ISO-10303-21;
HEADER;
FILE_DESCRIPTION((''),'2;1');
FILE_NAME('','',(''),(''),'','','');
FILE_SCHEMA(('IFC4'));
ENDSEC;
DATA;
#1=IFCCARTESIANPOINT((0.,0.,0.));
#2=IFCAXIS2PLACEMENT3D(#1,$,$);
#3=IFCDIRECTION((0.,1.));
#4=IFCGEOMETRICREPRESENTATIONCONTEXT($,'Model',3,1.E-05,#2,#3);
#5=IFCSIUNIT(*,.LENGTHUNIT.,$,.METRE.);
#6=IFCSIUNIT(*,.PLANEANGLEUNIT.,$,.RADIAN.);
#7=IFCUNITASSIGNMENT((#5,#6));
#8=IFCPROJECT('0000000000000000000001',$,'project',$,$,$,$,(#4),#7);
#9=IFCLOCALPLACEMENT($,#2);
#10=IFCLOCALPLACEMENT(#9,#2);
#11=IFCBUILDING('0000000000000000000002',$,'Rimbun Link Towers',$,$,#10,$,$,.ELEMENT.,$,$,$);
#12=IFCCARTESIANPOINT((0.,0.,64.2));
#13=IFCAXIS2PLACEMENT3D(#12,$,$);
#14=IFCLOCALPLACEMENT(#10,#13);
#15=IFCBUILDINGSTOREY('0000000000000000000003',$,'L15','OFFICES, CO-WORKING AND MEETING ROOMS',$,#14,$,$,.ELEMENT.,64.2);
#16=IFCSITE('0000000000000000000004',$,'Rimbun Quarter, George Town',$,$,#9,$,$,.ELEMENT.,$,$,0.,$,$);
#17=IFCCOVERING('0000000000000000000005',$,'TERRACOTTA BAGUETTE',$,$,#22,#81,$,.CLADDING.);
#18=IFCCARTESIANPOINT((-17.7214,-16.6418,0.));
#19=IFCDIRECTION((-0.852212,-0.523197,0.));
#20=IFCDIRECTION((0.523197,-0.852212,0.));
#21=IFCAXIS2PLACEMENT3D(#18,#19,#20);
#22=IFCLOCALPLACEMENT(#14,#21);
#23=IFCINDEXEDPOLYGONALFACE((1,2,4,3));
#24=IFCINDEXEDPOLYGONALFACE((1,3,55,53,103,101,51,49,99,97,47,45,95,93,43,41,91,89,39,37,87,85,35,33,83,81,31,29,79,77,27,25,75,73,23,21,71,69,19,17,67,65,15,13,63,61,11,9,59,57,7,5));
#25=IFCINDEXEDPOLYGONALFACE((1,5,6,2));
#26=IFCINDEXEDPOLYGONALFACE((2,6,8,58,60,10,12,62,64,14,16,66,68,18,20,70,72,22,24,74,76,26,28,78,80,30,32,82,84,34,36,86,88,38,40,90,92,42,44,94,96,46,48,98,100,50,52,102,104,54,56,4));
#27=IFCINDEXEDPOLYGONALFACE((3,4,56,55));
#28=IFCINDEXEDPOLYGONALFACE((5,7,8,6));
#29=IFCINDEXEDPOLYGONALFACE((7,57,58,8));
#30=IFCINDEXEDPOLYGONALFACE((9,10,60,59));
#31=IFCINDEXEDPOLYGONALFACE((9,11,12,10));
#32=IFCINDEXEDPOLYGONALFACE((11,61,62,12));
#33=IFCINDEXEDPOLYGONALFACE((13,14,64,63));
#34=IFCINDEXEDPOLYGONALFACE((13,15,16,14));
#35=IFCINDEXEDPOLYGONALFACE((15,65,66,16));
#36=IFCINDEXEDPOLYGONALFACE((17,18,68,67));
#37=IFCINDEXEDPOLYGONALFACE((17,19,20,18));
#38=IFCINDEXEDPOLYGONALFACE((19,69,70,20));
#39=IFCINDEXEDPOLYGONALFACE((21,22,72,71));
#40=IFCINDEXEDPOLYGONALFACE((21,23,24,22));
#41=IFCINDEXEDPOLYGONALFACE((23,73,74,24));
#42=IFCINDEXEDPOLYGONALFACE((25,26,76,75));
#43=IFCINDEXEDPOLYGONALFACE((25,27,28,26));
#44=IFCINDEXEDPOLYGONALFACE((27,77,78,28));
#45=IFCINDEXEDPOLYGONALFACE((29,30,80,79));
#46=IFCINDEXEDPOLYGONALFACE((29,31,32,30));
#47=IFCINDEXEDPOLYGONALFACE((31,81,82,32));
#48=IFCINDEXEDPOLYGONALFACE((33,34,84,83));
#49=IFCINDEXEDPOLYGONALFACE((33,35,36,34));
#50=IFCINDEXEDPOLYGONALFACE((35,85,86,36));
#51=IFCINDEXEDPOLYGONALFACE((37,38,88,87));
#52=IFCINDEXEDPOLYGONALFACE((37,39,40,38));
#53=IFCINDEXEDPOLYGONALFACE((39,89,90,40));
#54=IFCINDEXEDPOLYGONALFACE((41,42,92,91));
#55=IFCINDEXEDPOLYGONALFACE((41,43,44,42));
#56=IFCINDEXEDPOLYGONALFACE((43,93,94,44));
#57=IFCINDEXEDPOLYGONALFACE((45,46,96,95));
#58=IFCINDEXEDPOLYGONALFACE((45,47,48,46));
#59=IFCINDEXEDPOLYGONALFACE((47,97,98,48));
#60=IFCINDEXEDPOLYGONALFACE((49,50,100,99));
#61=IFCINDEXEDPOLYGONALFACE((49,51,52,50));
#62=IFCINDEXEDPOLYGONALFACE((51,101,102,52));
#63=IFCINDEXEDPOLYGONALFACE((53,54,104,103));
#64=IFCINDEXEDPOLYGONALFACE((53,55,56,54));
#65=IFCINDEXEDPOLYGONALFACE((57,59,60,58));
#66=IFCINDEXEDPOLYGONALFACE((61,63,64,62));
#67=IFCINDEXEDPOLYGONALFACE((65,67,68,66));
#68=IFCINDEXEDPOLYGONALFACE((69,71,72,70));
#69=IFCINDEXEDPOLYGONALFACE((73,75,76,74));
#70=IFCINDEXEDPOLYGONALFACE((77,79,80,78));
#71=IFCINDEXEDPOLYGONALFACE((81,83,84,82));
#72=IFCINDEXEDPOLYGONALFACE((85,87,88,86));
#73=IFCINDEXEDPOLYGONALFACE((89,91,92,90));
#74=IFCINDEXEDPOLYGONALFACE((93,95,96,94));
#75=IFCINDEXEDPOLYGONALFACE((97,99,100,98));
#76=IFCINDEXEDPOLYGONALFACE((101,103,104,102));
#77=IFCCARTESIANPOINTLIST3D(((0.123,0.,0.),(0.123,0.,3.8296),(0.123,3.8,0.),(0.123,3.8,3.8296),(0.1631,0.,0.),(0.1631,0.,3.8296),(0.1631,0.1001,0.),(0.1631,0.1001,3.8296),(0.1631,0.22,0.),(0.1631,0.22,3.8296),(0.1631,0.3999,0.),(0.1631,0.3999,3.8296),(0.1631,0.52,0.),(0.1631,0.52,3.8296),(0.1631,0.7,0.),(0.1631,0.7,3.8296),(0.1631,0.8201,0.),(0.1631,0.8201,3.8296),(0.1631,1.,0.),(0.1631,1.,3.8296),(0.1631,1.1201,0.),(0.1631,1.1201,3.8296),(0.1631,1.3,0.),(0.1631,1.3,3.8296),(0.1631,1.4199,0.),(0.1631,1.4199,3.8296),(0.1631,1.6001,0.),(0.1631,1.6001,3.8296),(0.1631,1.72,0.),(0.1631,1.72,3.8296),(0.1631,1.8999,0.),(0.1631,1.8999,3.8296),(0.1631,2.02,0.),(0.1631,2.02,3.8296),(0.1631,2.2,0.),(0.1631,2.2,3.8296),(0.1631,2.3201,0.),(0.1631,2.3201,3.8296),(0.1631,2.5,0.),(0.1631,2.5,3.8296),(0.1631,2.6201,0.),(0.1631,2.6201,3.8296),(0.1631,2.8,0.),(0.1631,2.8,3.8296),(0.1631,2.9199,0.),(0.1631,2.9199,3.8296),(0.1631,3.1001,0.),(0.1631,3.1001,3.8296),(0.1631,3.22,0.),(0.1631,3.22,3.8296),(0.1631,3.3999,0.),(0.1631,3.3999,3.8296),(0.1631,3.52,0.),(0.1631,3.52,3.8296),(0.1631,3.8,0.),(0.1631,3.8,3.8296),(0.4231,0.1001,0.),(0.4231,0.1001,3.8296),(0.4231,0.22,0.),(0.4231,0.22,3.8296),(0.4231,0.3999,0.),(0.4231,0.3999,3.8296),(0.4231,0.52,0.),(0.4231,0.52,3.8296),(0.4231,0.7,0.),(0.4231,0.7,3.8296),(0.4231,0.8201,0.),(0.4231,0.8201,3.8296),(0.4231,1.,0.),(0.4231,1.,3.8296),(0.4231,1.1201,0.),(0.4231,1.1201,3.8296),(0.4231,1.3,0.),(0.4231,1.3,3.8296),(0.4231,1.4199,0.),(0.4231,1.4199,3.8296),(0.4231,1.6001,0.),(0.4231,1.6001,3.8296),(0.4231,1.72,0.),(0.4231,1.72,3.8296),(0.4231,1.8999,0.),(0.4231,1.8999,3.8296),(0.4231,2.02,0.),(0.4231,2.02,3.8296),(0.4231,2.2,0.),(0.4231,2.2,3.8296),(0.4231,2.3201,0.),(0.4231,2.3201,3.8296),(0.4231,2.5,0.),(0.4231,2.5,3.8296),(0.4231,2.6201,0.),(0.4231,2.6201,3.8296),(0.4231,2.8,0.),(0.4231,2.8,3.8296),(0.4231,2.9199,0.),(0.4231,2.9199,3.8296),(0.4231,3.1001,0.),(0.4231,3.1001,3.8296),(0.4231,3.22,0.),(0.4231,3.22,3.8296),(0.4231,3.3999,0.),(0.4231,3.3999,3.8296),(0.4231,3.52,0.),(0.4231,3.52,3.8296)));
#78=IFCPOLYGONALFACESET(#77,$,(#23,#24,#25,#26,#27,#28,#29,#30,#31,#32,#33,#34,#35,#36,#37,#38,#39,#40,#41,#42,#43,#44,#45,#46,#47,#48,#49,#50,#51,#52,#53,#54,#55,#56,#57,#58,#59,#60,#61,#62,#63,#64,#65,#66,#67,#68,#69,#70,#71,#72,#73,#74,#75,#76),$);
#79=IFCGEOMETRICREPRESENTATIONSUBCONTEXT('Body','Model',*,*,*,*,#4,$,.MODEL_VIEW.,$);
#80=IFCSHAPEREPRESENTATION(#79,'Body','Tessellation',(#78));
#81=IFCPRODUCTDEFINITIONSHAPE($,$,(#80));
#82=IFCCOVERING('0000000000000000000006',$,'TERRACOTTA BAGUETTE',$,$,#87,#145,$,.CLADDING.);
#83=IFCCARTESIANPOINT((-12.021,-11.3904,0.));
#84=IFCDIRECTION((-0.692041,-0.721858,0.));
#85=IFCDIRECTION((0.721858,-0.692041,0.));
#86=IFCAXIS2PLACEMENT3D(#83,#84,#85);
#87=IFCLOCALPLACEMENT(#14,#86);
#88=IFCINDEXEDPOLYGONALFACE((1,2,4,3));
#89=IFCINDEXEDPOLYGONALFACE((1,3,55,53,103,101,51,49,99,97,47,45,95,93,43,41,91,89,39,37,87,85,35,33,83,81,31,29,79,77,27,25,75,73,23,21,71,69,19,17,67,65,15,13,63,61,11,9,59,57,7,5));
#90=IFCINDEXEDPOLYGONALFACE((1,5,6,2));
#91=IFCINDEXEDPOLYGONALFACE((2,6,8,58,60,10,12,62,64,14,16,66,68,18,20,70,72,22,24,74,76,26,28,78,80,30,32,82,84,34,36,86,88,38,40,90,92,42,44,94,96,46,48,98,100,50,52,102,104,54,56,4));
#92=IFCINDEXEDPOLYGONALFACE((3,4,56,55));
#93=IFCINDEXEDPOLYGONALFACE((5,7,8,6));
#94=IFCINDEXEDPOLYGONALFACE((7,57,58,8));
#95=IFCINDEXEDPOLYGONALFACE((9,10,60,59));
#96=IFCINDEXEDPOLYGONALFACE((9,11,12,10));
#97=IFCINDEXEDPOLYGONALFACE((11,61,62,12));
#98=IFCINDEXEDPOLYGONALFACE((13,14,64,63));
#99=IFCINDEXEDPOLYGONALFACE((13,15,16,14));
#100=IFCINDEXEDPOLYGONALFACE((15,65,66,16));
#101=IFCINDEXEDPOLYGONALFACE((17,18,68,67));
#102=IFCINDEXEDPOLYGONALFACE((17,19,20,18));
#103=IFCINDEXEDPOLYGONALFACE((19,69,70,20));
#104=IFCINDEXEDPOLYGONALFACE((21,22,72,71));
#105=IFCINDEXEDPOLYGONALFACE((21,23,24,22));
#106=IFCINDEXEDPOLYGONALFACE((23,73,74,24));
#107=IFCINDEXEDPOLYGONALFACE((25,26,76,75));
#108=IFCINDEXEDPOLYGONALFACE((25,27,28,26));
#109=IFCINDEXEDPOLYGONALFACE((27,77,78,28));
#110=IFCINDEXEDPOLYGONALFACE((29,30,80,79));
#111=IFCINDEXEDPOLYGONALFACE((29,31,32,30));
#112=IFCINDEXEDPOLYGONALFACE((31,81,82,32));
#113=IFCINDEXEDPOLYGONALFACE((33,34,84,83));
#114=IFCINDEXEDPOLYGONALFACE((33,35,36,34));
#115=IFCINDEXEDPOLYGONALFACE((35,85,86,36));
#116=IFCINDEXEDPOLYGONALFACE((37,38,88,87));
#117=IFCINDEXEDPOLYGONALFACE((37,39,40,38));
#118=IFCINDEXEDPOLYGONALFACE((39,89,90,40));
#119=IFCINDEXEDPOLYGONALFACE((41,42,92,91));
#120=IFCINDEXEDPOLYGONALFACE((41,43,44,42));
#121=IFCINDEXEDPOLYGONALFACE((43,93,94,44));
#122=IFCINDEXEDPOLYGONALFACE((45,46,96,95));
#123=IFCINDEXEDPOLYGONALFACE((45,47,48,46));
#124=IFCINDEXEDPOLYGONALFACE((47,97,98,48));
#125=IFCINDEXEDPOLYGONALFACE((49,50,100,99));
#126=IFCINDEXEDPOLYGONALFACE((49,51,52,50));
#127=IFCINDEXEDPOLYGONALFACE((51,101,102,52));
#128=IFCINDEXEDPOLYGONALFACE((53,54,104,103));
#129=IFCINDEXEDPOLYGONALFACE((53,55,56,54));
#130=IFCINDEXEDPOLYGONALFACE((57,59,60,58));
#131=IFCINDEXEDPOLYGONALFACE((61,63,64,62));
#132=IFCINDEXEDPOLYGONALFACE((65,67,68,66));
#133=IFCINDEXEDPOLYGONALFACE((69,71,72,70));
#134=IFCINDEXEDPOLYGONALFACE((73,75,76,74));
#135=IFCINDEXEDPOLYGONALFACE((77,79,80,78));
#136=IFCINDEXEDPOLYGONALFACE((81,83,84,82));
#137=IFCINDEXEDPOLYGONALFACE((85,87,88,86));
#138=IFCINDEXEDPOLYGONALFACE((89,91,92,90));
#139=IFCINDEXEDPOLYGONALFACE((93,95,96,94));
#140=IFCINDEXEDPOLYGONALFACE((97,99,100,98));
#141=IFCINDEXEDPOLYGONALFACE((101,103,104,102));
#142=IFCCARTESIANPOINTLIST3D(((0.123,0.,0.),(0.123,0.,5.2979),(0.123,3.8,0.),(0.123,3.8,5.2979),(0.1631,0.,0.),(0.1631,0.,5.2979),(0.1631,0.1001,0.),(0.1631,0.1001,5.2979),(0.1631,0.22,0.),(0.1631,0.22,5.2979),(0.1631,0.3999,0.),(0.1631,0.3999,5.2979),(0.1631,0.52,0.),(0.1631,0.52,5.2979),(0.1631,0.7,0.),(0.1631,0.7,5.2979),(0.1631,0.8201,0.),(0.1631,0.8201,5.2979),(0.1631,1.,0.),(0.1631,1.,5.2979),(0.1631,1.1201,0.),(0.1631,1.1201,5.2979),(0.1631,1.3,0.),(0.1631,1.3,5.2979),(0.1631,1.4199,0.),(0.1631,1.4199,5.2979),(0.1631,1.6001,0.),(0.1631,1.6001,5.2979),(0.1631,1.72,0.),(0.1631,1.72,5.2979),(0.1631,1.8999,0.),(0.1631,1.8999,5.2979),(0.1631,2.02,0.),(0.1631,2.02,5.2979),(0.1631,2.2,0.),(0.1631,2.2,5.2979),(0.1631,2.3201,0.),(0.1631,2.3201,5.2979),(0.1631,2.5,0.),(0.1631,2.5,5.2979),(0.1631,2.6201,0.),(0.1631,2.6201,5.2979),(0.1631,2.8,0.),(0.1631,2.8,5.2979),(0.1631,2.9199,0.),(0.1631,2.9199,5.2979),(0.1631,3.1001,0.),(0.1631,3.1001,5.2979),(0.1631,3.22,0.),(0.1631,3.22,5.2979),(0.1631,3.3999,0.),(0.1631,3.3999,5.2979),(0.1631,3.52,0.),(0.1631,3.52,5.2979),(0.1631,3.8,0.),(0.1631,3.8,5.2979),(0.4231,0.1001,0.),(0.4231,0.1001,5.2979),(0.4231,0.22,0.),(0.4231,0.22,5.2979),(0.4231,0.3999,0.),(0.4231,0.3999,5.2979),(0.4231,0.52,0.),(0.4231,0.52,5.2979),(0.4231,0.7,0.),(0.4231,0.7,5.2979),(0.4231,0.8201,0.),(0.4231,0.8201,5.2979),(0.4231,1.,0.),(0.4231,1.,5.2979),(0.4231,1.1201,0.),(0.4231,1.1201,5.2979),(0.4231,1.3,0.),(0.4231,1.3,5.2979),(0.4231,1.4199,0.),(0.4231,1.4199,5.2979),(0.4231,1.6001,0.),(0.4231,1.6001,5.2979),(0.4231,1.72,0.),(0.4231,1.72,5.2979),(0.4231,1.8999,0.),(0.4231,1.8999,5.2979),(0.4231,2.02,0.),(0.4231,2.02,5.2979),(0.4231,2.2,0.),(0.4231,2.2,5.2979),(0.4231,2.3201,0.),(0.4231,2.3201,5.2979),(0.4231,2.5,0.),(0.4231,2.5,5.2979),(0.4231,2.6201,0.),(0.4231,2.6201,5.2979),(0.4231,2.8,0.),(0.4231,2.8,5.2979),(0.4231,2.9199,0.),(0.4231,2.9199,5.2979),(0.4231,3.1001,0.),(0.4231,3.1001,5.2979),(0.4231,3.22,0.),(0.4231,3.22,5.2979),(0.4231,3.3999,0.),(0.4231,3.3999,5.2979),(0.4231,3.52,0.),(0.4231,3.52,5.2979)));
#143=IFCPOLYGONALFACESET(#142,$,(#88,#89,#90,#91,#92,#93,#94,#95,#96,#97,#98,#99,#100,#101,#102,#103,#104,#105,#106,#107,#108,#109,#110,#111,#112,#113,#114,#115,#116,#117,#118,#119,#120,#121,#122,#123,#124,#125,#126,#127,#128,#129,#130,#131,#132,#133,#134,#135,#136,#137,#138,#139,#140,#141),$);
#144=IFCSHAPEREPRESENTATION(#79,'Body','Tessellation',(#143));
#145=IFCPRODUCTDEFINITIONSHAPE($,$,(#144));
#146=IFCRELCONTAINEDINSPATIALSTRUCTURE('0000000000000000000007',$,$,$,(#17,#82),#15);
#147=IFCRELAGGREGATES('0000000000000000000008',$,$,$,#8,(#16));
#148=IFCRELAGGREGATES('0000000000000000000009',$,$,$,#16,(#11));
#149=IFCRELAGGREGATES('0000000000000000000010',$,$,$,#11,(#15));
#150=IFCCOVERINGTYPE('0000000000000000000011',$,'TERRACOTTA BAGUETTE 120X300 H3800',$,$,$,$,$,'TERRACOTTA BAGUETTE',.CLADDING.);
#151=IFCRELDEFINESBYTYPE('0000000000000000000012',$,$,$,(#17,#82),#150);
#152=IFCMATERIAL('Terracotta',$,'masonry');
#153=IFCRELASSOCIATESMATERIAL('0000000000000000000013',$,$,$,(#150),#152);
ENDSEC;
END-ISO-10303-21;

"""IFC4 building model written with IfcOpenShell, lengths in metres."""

from ifc_helpers import new_model, si_unit, direction, frame, origin, place, context, subcontext, project, spatial, polyline, outline, extrude, material, material_profile, profile_set, type_object, element, save


model = new_model("IFC4")

# Units and contexts
model_context = context("Model", 3, precision=1e-05, world=origin(), true_north=direction((0.0, 1.0)))
body_context = subcontext(model_context, "Body", "Model", "MODEL_VIEW")
ifc_project = project(units=[si_unit("LENGTHUNIT", "METRE"), si_unit("PLANEANGLEUNIT", "RADIAN")], contexts=[model_context])

# Site, building, storey
site_placement = place(None, origin())
site = spatial("IfcSite", under=ifc_project, at=site_placement, Name="Rimbun Quarter, George Town", CompositionType="ELEMENT", RefElevation=0.0)
building_placement = place(site_placement, origin())
building = spatial("IfcBuilding", under=site, at=building_placement, Name="Rimbun Link Towers", CompositionType="ELEMENT")
storey_placement = place(building_placement, frame((0.0, 0.0, 64.2)))
storey = spatial("IfcBuildingStorey", under=building, at=storey_placement, Name="L15", Description="OFFICES, CO-WORKING AND MEETING ROOMS", CompositionType="ELEMENT", Elevation=64.2)

# Coverings
ifc_material_1 = material(Name="Terracotta", Category="masonry")
ifc_material_profile_1 = material_profile(ifc_material_1, outline(polyline([(0.123, 0.0), (0.1631, 0.0), (0.1631, 0.1001), (0.4231, 0.1001), (0.4231, 0.22), (0.1631, 0.22), (0.1631, 0.3999), (0.4231, 0.3999), (0.4231, 0.52), (0.1631, 0.52), (0.1631, 0.7), (0.4231, 0.7), (0.4231, 0.8201), (0.1631, 0.8201), (0.1631, 1.0), (0.4231, 1.0), (0.4231, 1.1201), (0.1631, 1.1201), (0.1631, 1.3), (0.4231, 1.3), (0.4231, 1.4199), (0.1631, 1.4199), (0.1631, 1.6001), (0.4231, 1.6001), (0.4231, 1.72), (0.1631, 1.72), (0.1631, 1.8999), (0.4231, 1.8999), (0.4231, 2.02), (0.1631, 2.02), (0.1631, 2.2), (0.4231, 2.2), (0.4231, 2.3201), (0.1631, 2.3201), (0.1631, 2.5), (0.4231, 2.5), (0.4231, 2.6201), (0.1631, 2.6201), (0.1631, 2.8), (0.4231, 2.8), (0.4231, 2.9199), (0.1631, 2.9199), (0.1631, 3.1001), (0.4231, 3.1001), (0.4231, 3.22), (0.1631, 3.22), (0.1631, 3.3999), (0.4231, 3.3999), (0.4231, 3.52), (0.1631, 3.52), (0.1631, 3.8), (0.123, 3.8), (0.123, 0.0)])), Name="BAGUETTE 120X300")
ifc_profile_set_1 = profile_set([ifc_material_profile_1], Name="Terracotta")
covering_type = type_object("IfcCoveringType", Name="TERRACOTTA BAGUETTE 120X300 H3800", ElementType="TERRACOTTA BAGUETTE", PredefinedType="CLADDING", material=ifc_profile_set_1)
covering_1_placement = place(storey_placement, frame((-17.7214, -16.6418, 0.0), z_axis=(-0.852212, -0.523197, 0.0), x_axis=(0.523197, -0.852212, 0.0)))
element("IfcCovering", 1, at=covering_1_placement, inside=storey, type_object=covering_type, Name="TERRACOTTA BAGUETTE", PredefinedType="CLADDING", context=body_context, shape_type="SweptSolid", body=[
    extrude(outline(polyline([(0.123, 0.0), (0.1631, 0.0), (0.1631, 0.1001), (0.4231, 0.1001), (0.4231, 0.22), (0.1631, 0.22), (0.1631, 0.3999), (0.4231, 0.3999), (0.4231, 0.52), (0.1631, 0.52), (0.1631, 0.7), (0.4231, 0.7), (0.4231, 0.8201), (0.1631, 0.8201), (0.1631, 1.0), (0.4231, 1.0), (0.4231, 1.1201), (0.1631, 1.1201), (0.1631, 1.3), (0.4231, 1.3), (0.4231, 1.4199), (0.1631, 1.4199), (0.1631, 1.6001), (0.4231, 1.6001), (0.4231, 1.72), (0.1631, 1.72), (0.1631, 1.8999), (0.4231, 1.8999), (0.4231, 2.02), (0.1631, 2.02), (0.1631, 2.2), (0.4231, 2.2), (0.4231, 2.3201), (0.1631, 2.3201), (0.1631, 2.5), (0.4231, 2.5), (0.4231, 2.6201), (0.1631, 2.6201), (0.1631, 2.8), (0.4231, 2.8), (0.4231, 2.9199), (0.1631, 2.9199), (0.1631, 3.1001), (0.4231, 3.1001), (0.4231, 3.22), (0.1631, 3.22), (0.1631, 3.3999), (0.4231, 3.3999), (0.4231, 3.52), (0.1631, 3.52), (0.1631, 3.8), (0.123, 3.8), (0.123, 0.0)])), origin(), (0.0, 0.0, 1.0), 3.8296),
])
covering_2_placement = place(storey_placement, frame((-12.021, -11.3904, 0.0), z_axis=(-0.692041, -0.721858, 0.0), x_axis=(0.721858, -0.692041, 0.0)))
element("IfcCovering", 2, at=covering_2_placement, inside=storey, type_object=covering_type, Name="TERRACOTTA BAGUETTE", PredefinedType="CLADDING", context=body_context, shape_type="SweptSolid", body=[
    extrude(outline(polyline([(0.123, 0.0), (0.1631, 0.0), (0.1631, 0.1001), (0.4231, 0.1001), (0.4231, 0.22), (0.1631, 0.22), (0.1631, 0.3999), (0.4231, 0.3999), (0.4231, 0.52), (0.1631, 0.52), (0.1631, 0.7), (0.4231, 0.7), (0.4231, 0.8201), (0.1631, 0.8201), (0.1631, 1.0), (0.4231, 1.0), (0.4231, 1.1201), (0.1631, 1.1201), (0.1631, 1.3), (0.4231, 1.3), (0.4231, 1.4199), (0.1631, 1.4199), (0.1631, 1.6001), (0.4231, 1.6001), (0.4231, 1.72), (0.1631, 1.72), (0.1631, 1.8999), (0.4231, 1.8999), (0.4231, 2.02), (0.1631, 2.02), (0.1631, 2.2), (0.4231, 2.2), (0.4231, 2.3201), (0.1631, 2.3201), (0.1631, 2.5), (0.4231, 2.5), (0.4231, 2.6201), (0.1631, 2.6201), (0.1631, 2.8), (0.4231, 2.8), (0.4231, 2.9199), (0.1631, 2.9199), (0.1631, 3.1001), (0.4231, 3.1001), (0.4231, 3.22), (0.1631, 3.22), (0.1631, 3.3999), (0.4231, 3.3999), (0.4231, 3.52), (0.1631, 3.52), (0.1631, 3.8), (0.123, 3.8), (0.123, 0.0)])), origin(), (0.0, 0.0, 1.0), 5.2979),
])

save(model, "model.ifc")
